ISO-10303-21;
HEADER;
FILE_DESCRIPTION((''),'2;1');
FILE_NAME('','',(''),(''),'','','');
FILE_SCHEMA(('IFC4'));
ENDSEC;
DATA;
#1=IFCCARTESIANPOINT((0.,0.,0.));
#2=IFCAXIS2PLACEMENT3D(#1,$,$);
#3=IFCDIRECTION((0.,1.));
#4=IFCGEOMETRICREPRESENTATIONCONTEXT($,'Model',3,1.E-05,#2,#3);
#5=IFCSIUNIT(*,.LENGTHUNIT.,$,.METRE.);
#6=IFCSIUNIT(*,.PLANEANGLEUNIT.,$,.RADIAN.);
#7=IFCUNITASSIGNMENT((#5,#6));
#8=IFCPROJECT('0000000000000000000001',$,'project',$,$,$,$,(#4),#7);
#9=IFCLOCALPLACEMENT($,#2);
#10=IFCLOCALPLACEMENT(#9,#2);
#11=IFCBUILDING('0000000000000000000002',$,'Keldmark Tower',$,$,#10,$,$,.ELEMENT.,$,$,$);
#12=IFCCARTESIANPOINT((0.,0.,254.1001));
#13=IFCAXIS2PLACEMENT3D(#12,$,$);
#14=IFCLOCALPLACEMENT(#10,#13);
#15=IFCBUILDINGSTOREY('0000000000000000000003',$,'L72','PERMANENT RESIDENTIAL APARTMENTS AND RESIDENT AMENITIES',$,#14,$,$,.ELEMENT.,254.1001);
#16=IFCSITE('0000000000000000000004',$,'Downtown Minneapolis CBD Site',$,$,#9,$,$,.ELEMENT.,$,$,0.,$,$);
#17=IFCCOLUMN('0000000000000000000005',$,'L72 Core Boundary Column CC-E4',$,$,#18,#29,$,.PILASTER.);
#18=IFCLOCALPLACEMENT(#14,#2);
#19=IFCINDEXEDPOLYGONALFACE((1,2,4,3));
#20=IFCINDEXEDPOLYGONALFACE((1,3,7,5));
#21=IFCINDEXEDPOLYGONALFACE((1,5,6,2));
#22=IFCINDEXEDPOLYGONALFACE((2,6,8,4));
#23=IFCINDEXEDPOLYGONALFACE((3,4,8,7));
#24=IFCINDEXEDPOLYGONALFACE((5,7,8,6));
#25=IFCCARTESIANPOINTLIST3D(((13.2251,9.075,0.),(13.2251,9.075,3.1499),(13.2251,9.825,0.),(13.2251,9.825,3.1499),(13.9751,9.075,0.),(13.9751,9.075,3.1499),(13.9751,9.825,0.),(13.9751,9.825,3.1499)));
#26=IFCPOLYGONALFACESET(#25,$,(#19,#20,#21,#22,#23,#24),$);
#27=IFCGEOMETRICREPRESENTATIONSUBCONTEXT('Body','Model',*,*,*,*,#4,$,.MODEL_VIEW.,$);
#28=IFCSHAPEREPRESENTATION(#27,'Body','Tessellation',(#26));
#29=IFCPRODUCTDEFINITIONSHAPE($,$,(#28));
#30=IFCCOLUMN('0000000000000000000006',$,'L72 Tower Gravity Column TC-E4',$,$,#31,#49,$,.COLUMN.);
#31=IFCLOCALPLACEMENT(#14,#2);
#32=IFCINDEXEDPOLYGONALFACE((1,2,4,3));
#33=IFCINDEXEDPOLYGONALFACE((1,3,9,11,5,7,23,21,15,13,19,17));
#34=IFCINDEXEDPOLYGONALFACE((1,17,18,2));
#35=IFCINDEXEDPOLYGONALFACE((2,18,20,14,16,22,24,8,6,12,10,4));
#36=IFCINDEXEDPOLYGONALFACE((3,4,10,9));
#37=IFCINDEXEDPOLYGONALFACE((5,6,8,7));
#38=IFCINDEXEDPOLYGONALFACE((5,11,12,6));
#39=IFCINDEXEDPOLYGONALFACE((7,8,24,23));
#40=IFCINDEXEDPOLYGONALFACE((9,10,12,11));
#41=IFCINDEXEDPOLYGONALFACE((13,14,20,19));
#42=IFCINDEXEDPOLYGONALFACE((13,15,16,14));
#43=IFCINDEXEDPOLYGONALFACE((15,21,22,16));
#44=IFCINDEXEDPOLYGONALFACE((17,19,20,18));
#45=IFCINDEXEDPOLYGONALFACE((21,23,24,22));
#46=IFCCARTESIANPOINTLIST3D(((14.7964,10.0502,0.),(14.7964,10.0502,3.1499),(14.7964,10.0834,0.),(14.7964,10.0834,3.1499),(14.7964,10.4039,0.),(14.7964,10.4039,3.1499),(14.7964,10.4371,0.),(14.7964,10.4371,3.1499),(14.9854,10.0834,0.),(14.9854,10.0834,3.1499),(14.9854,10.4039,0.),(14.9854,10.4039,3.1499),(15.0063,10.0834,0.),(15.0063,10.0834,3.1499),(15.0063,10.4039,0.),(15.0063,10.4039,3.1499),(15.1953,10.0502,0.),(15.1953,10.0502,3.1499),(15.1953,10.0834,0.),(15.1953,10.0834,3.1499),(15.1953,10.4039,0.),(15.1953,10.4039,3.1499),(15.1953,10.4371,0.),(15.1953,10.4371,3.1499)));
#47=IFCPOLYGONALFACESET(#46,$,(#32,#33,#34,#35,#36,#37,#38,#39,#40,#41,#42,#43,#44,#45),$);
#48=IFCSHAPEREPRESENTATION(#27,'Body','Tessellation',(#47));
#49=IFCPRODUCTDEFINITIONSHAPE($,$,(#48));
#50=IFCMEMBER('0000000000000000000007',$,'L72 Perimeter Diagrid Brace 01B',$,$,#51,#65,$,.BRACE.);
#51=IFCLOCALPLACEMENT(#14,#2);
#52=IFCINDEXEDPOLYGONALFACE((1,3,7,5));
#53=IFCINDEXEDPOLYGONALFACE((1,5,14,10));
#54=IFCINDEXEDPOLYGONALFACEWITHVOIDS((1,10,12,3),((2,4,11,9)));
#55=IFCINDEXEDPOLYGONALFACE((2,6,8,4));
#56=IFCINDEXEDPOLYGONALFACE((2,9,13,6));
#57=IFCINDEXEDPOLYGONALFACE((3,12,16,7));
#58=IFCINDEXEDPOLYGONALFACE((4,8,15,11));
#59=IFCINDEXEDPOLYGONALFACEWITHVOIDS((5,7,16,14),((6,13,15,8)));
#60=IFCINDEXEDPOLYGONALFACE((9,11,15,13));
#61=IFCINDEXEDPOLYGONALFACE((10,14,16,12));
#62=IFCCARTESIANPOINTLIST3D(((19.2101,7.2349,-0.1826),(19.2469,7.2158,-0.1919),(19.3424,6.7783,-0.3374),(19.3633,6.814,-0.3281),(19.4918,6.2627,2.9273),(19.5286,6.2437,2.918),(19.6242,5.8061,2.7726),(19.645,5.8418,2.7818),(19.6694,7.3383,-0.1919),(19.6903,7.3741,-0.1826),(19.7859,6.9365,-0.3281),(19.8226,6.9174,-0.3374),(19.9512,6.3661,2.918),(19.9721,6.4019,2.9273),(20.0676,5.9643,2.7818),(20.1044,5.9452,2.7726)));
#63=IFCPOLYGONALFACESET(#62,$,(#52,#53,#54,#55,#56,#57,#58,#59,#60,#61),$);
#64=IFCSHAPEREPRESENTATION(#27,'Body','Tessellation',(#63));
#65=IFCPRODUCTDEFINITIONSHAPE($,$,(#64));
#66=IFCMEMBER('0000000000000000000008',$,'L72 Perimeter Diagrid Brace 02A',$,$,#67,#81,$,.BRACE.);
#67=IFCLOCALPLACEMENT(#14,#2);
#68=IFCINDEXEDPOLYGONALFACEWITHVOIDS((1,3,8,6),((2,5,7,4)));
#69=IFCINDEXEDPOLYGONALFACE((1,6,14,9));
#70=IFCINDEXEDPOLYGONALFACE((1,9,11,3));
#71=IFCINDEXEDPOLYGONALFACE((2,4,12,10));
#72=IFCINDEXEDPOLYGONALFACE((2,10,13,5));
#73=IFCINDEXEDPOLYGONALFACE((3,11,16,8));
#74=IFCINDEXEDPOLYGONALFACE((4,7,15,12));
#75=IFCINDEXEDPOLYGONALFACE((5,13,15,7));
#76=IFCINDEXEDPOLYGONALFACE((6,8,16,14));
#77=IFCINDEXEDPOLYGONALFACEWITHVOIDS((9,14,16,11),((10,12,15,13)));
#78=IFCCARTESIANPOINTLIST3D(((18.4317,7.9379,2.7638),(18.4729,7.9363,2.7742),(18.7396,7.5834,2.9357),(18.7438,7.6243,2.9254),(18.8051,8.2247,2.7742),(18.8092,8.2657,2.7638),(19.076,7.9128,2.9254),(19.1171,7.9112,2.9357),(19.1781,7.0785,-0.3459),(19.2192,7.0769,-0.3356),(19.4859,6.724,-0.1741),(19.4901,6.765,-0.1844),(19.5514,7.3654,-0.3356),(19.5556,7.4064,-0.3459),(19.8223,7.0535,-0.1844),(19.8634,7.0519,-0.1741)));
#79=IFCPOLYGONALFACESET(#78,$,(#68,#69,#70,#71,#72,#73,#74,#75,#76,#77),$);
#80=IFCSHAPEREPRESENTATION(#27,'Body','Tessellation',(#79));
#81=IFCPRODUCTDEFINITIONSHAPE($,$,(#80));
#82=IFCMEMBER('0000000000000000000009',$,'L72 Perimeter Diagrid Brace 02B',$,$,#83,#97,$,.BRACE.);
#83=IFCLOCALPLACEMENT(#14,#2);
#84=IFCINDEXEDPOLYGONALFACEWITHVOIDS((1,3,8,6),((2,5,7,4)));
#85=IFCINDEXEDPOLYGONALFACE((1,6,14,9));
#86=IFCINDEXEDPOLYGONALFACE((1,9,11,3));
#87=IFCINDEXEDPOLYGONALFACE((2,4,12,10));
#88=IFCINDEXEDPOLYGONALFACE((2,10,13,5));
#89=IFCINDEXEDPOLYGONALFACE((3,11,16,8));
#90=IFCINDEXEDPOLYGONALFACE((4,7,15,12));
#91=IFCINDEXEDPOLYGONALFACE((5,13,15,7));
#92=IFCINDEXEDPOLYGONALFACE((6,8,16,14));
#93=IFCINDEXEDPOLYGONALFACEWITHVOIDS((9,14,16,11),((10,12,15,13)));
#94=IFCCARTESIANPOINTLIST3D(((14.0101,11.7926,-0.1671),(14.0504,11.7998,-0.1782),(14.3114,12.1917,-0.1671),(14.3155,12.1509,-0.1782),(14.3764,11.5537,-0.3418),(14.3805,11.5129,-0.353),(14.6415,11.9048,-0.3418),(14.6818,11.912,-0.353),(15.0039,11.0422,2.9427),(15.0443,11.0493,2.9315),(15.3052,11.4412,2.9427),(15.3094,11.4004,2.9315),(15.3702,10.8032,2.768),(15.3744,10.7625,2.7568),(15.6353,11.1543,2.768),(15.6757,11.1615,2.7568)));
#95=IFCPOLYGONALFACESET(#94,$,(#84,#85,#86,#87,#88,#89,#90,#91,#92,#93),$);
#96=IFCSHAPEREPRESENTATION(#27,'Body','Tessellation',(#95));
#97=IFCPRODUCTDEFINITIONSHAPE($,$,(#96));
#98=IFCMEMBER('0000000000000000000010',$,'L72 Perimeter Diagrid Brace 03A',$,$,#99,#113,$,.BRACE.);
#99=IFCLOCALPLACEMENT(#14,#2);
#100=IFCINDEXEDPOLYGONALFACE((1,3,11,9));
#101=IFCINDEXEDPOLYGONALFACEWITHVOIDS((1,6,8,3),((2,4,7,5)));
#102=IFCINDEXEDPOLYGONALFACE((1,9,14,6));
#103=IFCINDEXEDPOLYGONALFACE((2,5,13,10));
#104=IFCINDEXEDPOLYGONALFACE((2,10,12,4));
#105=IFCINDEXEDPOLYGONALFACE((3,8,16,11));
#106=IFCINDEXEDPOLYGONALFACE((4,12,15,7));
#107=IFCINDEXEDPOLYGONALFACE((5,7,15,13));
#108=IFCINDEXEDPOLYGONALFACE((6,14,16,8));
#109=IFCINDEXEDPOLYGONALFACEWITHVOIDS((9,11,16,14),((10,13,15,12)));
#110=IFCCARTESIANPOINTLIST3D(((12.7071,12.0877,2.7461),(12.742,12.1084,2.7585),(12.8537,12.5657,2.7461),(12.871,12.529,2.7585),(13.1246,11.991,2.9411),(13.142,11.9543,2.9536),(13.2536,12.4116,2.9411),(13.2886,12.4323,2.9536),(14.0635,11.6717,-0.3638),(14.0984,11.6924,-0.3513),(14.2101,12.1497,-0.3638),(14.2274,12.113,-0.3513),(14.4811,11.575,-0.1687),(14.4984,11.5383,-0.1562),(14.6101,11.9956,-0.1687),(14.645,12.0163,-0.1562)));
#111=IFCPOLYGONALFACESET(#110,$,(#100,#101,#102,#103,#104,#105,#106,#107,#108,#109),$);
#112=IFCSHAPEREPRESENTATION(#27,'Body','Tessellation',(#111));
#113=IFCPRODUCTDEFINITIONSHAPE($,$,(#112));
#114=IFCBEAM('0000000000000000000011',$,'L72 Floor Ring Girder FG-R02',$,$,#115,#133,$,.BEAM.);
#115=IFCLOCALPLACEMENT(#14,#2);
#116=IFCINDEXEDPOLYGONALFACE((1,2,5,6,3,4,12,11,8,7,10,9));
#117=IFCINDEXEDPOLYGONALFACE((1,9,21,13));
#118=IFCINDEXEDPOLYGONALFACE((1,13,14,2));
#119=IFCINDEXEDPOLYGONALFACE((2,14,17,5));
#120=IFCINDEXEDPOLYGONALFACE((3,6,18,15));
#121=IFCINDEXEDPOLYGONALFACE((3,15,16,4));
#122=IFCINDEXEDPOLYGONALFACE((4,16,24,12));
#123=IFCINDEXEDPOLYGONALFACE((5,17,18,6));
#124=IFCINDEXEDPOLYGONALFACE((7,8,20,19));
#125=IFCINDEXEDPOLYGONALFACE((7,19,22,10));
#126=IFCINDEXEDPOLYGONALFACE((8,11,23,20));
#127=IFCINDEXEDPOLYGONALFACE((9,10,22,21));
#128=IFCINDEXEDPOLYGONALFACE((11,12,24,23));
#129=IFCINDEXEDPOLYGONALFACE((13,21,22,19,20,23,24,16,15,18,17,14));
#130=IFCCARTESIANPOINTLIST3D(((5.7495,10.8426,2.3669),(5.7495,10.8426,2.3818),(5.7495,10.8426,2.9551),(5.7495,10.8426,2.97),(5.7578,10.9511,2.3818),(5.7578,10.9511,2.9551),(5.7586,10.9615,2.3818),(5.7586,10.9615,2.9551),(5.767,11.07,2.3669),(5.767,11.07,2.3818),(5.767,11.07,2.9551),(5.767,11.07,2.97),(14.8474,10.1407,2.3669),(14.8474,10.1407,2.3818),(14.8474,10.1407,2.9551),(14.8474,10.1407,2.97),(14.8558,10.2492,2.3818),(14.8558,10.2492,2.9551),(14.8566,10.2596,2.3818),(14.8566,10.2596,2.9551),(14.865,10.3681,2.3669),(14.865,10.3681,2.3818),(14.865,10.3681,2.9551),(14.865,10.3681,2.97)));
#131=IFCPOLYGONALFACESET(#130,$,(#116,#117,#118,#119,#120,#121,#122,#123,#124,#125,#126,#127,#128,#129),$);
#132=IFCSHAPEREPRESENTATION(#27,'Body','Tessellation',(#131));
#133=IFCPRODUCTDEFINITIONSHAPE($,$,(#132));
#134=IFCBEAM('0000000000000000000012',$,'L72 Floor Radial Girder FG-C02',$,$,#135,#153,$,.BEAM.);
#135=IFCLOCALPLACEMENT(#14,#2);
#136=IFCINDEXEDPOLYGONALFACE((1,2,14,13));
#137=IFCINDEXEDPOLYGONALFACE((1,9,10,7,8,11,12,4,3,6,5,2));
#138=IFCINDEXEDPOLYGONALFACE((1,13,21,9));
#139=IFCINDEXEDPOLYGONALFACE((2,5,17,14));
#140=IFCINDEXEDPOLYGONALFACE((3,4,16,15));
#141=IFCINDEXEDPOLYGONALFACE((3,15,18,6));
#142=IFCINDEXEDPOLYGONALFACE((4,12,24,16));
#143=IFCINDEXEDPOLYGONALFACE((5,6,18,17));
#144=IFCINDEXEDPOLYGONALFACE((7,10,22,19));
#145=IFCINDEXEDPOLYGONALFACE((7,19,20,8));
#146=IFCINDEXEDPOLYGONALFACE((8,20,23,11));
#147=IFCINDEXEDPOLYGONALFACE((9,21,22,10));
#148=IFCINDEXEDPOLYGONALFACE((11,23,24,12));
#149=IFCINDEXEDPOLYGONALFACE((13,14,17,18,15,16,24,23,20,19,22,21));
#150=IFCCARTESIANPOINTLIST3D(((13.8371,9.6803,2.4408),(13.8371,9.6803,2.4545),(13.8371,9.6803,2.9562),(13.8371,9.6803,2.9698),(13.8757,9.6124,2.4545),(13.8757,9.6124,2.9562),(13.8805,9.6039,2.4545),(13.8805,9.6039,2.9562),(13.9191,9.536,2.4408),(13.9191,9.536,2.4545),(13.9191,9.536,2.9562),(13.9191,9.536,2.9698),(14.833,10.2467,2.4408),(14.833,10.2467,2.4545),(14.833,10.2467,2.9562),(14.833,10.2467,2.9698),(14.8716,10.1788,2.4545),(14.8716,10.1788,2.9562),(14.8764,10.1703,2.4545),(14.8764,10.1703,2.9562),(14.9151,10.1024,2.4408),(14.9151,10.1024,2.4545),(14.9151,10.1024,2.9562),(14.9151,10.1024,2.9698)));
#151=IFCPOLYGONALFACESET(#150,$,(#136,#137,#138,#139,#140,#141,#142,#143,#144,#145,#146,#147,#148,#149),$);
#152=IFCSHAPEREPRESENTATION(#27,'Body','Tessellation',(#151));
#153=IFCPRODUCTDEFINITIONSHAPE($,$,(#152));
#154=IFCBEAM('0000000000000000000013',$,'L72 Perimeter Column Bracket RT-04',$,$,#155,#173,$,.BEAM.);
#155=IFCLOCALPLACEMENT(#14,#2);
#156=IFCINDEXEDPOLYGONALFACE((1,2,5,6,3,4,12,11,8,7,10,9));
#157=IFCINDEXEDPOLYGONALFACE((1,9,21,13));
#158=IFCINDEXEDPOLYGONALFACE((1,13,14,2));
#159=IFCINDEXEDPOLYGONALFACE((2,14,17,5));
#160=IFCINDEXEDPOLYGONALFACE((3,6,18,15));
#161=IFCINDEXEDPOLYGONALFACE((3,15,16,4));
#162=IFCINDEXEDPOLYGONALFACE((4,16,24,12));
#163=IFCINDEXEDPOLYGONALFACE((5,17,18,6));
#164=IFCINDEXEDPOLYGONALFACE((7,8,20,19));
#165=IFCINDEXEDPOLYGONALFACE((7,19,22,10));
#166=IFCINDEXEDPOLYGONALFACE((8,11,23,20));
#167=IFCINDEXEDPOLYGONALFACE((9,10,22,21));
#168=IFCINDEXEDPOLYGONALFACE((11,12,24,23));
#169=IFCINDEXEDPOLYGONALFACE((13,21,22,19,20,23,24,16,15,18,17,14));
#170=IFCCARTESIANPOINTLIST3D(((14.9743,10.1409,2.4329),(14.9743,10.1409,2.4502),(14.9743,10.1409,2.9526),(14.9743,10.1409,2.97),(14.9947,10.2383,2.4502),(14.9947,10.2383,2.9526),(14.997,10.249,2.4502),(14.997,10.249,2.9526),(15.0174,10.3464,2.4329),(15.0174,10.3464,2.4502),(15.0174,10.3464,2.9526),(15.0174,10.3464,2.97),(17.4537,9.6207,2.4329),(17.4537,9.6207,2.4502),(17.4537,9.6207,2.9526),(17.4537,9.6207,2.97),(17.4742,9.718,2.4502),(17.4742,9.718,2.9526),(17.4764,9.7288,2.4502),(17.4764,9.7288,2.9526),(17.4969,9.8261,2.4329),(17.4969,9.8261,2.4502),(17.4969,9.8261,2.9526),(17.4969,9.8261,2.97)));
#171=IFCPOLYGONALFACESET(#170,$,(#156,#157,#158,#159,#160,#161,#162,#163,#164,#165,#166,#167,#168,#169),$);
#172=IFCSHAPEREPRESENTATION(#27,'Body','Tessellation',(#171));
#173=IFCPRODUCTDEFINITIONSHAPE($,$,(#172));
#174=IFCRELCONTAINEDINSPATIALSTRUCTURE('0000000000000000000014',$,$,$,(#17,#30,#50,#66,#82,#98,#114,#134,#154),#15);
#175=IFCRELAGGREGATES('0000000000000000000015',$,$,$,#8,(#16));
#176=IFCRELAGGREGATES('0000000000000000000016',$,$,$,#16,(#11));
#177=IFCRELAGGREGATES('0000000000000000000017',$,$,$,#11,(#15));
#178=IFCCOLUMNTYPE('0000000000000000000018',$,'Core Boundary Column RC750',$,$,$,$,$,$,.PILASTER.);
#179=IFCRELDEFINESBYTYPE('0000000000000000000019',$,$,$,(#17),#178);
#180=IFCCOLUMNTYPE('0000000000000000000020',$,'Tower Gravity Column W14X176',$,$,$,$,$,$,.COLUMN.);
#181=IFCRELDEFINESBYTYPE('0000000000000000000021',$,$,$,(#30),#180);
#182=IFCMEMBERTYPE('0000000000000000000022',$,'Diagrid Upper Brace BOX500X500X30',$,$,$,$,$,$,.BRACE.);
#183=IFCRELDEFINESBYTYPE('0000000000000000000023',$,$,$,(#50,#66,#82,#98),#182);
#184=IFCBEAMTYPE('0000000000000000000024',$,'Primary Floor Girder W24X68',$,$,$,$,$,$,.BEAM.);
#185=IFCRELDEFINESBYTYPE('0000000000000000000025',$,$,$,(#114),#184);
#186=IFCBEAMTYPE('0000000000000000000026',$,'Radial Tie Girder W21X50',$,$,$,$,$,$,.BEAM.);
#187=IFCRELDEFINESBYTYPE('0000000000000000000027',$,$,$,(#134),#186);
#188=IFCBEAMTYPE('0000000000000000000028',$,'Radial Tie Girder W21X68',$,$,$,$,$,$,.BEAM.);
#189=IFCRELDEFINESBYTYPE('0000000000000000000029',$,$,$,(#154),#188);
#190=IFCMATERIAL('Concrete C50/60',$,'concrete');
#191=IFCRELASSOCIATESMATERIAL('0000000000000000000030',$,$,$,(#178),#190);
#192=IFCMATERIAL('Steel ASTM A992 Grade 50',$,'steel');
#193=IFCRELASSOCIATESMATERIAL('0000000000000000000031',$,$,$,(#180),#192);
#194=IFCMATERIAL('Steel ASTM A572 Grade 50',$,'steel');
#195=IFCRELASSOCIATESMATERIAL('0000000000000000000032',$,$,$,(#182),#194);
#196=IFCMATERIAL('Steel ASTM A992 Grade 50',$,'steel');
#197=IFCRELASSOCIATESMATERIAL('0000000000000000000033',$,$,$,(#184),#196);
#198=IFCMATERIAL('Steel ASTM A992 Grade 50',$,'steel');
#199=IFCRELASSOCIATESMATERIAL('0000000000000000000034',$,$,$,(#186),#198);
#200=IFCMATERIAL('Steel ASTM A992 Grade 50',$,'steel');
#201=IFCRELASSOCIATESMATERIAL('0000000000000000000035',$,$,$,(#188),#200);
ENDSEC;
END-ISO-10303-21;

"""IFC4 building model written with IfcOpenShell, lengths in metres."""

from ifc_helpers import new_model, si_unit, direction, frame, origin, origin_2d, place, context, subcontext, project, spatial, rectangle, hollow_rectangle, i_section, extrude, material, material_profile, profile_set, type_object, element, save


model = new_model("IFC4")

# Units and contexts
model_context = context("Model", 3, precision=1e-05, world=origin(), true_north=direction((0.0, 1.0)))
body_context = subcontext(model_context, "Body", "Model", "MODEL_VIEW")
ifc_project = project(units=[si_unit("LENGTHUNIT", "METRE"), si_unit("PLANEANGLEUNIT", "RADIAN")], contexts=[model_context])

# Site, building, storey
site_placement = place(None, origin())
site = spatial("IfcSite", under=ifc_project, at=site_placement, Name="Downtown Minneapolis CBD Site", CompositionType="ELEMENT", RefElevation=0.0)
building_placement = place(site_placement, origin())
building = spatial("IfcBuilding", under=site, at=building_placement, Name="Keldmark Tower", CompositionType="ELEMENT")
storey_placement = place(building_placement, frame((0.0, 0.0, 254.1001)))
storey = spatial("IfcBuildingStorey", under=building, at=storey_placement, Name="L72", Description="PERMANENT RESIDENTIAL APARTMENTS AND RESIDENT AMENITIES", CompositionType="ELEMENT", Elevation=254.1001)

# Columns
ifc_material_1 = material(Name="Concrete C50/60", Category="concrete")
ifc_material_profile_1 = material_profile(ifc_material_1, rectangle(XDim=0.75, YDim=0.75, at=origin_2d()), Name="RC750X750")
ifc_profile_set_1 = profile_set([ifc_material_profile_1], Name="Concrete C50/60")
column_type_1 = type_object("IfcColumnType", Name="Core Boundary Column RC750", PredefinedType="PILASTER", material=ifc_profile_set_1)
column_1_placement = place(storey_placement, frame((13.6001, 9.45, 0.0), z_axis=(0.0, 0.0, 1.0), x_axis=(1.0, 0.0, 0.0)))
element("IfcColumn", 1, at=column_1_placement, inside=storey, type_object=column_type_1, Name="L72 Core Boundary Column CC-E4", PredefinedType="PILASTER", context=body_context, shape_type="SweptSolid", body=[
    extrude(rectangle(XDim=0.75, YDim=0.75, at=origin_2d()), origin(), (0.0, 0.0, 1.0), 3.1499),
])
ifc_material_2 = material(Name="Steel ASTM A992 Grade 50", Category="steel")
ifc_material_profile_2 = material_profile(ifc_material_2, i_section(OverallWidth=0.3989, OverallDepth=0.387, WebThickness=0.021, FlangeThickness=0.0332, at=origin_2d()), Name="W14X176")
ifc_profile_set_2 = profile_set([ifc_material_profile_2], Name="Steel ASTM A992 Grade 50")
column_type_2 = type_object("IfcColumnType", Name="Tower Gravity Column W14X176", PredefinedType="COLUMN", material=ifc_profile_set_2)
column_2_placement = place(storey_placement, frame((14.9958, 10.2437, 0.0), z_axis=(0.0, 0.0, 1.0), x_axis=(1.0, 0.0, 0.0)))
element("IfcColumn", 2, at=column_2_placement, inside=storey, type_object=column_type_2, Name="L72 Tower Gravity Column TC-E4", PredefinedType="COLUMN", context=body_context, shape_type="SweptSolid", body=[
    extrude(i_section(OverallWidth=0.3989, OverallDepth=0.387, WebThickness=0.021, FlangeThickness=0.0332, at=origin_2d()), origin(), (0.0, 0.0, 1.0), 3.1499),
])

# Members
ifc_material_3 = material(Name="Steel ASTM A572 Grade 50", Category="steel")
ifc_material_profile_3 = material_profile(ifc_material_3, hollow_rectangle(XDim=0.5, YDim=0.5, WallThickness=0.03, at=origin_2d()), Name="BOX500X500X30")
ifc_profile_set_3 = profile_set([ifc_material_profile_3], Name="Steel ASTM A572 Grade 50")
member_type = type_object("IfcMemberType", Name="Diagrid Upper Brace BOX500X500X30", PredefinedType="BRACE", material=ifc_profile_set_3)
member_1_placement = place(storey_placement, frame((19.5164, 7.0762, -0.26), z_axis=(0.086147, -0.29726, 0.950902), x_axis=(0.960479, 0.278351, 0.0)))
element("IfcMember", 3, at=member_1_placement, inside=storey, type_object=member_type, Name="L72 Perimeter Diagrid Brace 01B", PredefinedType="BRACE", context=body_context, shape_type="SweptSolid", body=[
    extrude(hollow_rectangle(XDim=0.5, YDim=0.5, WallThickness=0.03, at=origin_2d()), origin(), (0.0, 0.0, 1.0), 3.2705),
])
member_2_placement = place(storey_placement, frame((19.5208, 7.0652, -0.26), z_axis=(-0.22537, 0.259503, 0.939077), x_axis=(-0.755016, -0.655706, 0.0)))
element("IfcMember", 4, at=member_2_placement, inside=storey, type_object=member_type, Name="L72 Perimeter Diagrid Brace 02A", PredefinedType="BRACE", context=body_context, shape_type="SweptSolid", body=[
    extrude(hollow_rectangle(XDim=0.5, YDim=0.5, WallThickness=0.03, at=origin_2d()), origin(), (0.0, 0.0, 1.0), 3.3115),
])
member_3_placement = place(storey_placement, frame((14.3459, 11.8523, -0.26), z_axis=(0.296688, -0.224028, 0.928325), x_axis=(0.6026, 0.798043, 0.0)))
element("IfcMember", 5, at=member_3_placement, inside=storey, type_object=member_type, Name="L72 Perimeter Diagrid Brace 02B", PredefinedType="BRACE", context=body_context, shape_type="SweptSolid", body=[
    extrude(hollow_rectangle(XDim=0.5, YDim=0.5, WallThickness=0.03, at=origin_2d()), origin(), (0.0, 0.0, 1.0), 3.3499),
])
member_4_placement = place(storey_placement, frame((14.3542, 11.844, -0.26), z_axis=(-0.396827, 0.121705, 0.909789), x_axis=(-0.293215, -0.956046, 0.0)))
element("IfcMember", 6, at=member_4_placement, inside=storey, type_object=member_type, Name="L72 Perimeter Diagrid Brace 03A", PredefinedType="BRACE", context=body_context, shape_type="SweptSolid", body=[
    extrude(hollow_rectangle(XDim=0.5, YDim=0.5, WallThickness=0.03, at=origin_2d()), origin(), (0.0, 0.0, 1.0), 3.4182),
])

# Beams
ifc_material_4 = material(Name="Steel ASTM A992 Grade 50", Category="steel")
ifc_material_profile_4 = material_profile(ifc_material_4, i_section(OverallWidth=0.228, OverallDepth=0.603, WebThickness=0.0105, FlangeThickness=0.0149, at=origin_2d()), Name="W24X68")
ifc_profile_set_4 = profile_set([ifc_material_profile_4], Name="Steel ASTM A992 Grade 50")
beam_type_1 = type_object("IfcBeamType", Name="Primary Floor Girder W24X68", PredefinedType="BEAM", material=ifc_profile_set_4)
beam_1_placement = place(storey_placement, frame((14.8562, 10.2544, 2.6685), z_axis=(-0.997037, 0.076922, 0.0), x_axis=(-0.076922, -0.997037, 0.0)))
element("IfcBeam", 7, at=beam_1_placement, inside=storey, type_object=beam_type_1, Name="L72 Floor Ring Girder FG-R02", PredefinedType="BEAM", context=body_context, shape_type="SweptSolid", body=[
    extrude(i_section(OverallWidth=0.228, OverallDepth=0.603, WebThickness=0.0105, FlangeThickness=0.0149, at=origin_2d()), origin(), (0.0, 0.0, 1.0), 9.125),
])
ifc_material_5 = material(Name="Steel ASTM A992 Grade 50", Category="steel")
ifc_material_profile_5 = material_profile(ifc_material_5, i_section(OverallWidth=0.166, OverallDepth=0.5291, WebThickness=0.0098, FlangeThickness=0.0137, at=origin_2d()), Name="W21X50")
ifc_profile_set_5 = profile_set([ifc_material_profile_5], Name="Steel ASTM A992 Grade 50")
beam_type_2 = type_object("IfcBeamType", Name="Radial Tie Girder W21X50", PredefinedType="BEAM", material=ifc_profile_set_5)
beam_2_placement = place(storey_placement, frame((14.874, 10.1746, 2.7053), z_axis=(-0.869238, -0.494394, 0.0), x_axis=(0.494394, -0.869238, 0.0)))
element("IfcBeam", 8, at=beam_2_placement, inside=storey, type_object=beam_type_2, Name="L72 Floor Radial Girder FG-C02", PredefinedType="BEAM", context=body_context, shape_type="SweptSolid", body=[
    extrude(i_section(OverallWidth=0.166, OverallDepth=0.5291, WebThickness=0.0098, FlangeThickness=0.0137, at=origin_2d()), origin(), (0.0, 0.0, 1.0), 1.1458),
])
ifc_material_6 = material(Name="Steel ASTM A992 Grade 50", Category="steel")
ifc_material_profile_6 = material_profile(ifc_material_6, i_section(OverallWidth=0.21, OverallDepth=0.5371, WebThickness=0.011, FlangeThickness=0.0173, at=origin_2d()), Name="W21X68")
ifc_profile_set_6 = profile_set([ifc_material_profile_6], Name="Steel ASTM A992 Grade 50")
beam_type_3 = type_object("IfcBeamType", Name="Radial Tie Girder W21X68", PredefinedType="BEAM", material=ifc_profile_set_6)
beam_3_placement = place(storey_placement, frame((14.9958, 10.2437, 2.7014), z_axis=(0.978688, -0.205355, 0.0), x_axis=(0.205355, 0.978688, 0.0)))
element("IfcBeam", 9, at=beam_3_placement, inside=storey, type_object=beam_type_3, Name="L72 Perimeter Column Bracket RT-04", PredefinedType="BEAM", context=body_context, shape_type="SweptSolid", body=[
    extrude(i_section(OverallWidth=0.21, OverallDepth=0.5371, WebThickness=0.011, FlangeThickness=0.0173, at=origin_2d()), origin(), (0.0, 0.0, 1.0), 2.5334),
])

save(model, "model.ifc")
